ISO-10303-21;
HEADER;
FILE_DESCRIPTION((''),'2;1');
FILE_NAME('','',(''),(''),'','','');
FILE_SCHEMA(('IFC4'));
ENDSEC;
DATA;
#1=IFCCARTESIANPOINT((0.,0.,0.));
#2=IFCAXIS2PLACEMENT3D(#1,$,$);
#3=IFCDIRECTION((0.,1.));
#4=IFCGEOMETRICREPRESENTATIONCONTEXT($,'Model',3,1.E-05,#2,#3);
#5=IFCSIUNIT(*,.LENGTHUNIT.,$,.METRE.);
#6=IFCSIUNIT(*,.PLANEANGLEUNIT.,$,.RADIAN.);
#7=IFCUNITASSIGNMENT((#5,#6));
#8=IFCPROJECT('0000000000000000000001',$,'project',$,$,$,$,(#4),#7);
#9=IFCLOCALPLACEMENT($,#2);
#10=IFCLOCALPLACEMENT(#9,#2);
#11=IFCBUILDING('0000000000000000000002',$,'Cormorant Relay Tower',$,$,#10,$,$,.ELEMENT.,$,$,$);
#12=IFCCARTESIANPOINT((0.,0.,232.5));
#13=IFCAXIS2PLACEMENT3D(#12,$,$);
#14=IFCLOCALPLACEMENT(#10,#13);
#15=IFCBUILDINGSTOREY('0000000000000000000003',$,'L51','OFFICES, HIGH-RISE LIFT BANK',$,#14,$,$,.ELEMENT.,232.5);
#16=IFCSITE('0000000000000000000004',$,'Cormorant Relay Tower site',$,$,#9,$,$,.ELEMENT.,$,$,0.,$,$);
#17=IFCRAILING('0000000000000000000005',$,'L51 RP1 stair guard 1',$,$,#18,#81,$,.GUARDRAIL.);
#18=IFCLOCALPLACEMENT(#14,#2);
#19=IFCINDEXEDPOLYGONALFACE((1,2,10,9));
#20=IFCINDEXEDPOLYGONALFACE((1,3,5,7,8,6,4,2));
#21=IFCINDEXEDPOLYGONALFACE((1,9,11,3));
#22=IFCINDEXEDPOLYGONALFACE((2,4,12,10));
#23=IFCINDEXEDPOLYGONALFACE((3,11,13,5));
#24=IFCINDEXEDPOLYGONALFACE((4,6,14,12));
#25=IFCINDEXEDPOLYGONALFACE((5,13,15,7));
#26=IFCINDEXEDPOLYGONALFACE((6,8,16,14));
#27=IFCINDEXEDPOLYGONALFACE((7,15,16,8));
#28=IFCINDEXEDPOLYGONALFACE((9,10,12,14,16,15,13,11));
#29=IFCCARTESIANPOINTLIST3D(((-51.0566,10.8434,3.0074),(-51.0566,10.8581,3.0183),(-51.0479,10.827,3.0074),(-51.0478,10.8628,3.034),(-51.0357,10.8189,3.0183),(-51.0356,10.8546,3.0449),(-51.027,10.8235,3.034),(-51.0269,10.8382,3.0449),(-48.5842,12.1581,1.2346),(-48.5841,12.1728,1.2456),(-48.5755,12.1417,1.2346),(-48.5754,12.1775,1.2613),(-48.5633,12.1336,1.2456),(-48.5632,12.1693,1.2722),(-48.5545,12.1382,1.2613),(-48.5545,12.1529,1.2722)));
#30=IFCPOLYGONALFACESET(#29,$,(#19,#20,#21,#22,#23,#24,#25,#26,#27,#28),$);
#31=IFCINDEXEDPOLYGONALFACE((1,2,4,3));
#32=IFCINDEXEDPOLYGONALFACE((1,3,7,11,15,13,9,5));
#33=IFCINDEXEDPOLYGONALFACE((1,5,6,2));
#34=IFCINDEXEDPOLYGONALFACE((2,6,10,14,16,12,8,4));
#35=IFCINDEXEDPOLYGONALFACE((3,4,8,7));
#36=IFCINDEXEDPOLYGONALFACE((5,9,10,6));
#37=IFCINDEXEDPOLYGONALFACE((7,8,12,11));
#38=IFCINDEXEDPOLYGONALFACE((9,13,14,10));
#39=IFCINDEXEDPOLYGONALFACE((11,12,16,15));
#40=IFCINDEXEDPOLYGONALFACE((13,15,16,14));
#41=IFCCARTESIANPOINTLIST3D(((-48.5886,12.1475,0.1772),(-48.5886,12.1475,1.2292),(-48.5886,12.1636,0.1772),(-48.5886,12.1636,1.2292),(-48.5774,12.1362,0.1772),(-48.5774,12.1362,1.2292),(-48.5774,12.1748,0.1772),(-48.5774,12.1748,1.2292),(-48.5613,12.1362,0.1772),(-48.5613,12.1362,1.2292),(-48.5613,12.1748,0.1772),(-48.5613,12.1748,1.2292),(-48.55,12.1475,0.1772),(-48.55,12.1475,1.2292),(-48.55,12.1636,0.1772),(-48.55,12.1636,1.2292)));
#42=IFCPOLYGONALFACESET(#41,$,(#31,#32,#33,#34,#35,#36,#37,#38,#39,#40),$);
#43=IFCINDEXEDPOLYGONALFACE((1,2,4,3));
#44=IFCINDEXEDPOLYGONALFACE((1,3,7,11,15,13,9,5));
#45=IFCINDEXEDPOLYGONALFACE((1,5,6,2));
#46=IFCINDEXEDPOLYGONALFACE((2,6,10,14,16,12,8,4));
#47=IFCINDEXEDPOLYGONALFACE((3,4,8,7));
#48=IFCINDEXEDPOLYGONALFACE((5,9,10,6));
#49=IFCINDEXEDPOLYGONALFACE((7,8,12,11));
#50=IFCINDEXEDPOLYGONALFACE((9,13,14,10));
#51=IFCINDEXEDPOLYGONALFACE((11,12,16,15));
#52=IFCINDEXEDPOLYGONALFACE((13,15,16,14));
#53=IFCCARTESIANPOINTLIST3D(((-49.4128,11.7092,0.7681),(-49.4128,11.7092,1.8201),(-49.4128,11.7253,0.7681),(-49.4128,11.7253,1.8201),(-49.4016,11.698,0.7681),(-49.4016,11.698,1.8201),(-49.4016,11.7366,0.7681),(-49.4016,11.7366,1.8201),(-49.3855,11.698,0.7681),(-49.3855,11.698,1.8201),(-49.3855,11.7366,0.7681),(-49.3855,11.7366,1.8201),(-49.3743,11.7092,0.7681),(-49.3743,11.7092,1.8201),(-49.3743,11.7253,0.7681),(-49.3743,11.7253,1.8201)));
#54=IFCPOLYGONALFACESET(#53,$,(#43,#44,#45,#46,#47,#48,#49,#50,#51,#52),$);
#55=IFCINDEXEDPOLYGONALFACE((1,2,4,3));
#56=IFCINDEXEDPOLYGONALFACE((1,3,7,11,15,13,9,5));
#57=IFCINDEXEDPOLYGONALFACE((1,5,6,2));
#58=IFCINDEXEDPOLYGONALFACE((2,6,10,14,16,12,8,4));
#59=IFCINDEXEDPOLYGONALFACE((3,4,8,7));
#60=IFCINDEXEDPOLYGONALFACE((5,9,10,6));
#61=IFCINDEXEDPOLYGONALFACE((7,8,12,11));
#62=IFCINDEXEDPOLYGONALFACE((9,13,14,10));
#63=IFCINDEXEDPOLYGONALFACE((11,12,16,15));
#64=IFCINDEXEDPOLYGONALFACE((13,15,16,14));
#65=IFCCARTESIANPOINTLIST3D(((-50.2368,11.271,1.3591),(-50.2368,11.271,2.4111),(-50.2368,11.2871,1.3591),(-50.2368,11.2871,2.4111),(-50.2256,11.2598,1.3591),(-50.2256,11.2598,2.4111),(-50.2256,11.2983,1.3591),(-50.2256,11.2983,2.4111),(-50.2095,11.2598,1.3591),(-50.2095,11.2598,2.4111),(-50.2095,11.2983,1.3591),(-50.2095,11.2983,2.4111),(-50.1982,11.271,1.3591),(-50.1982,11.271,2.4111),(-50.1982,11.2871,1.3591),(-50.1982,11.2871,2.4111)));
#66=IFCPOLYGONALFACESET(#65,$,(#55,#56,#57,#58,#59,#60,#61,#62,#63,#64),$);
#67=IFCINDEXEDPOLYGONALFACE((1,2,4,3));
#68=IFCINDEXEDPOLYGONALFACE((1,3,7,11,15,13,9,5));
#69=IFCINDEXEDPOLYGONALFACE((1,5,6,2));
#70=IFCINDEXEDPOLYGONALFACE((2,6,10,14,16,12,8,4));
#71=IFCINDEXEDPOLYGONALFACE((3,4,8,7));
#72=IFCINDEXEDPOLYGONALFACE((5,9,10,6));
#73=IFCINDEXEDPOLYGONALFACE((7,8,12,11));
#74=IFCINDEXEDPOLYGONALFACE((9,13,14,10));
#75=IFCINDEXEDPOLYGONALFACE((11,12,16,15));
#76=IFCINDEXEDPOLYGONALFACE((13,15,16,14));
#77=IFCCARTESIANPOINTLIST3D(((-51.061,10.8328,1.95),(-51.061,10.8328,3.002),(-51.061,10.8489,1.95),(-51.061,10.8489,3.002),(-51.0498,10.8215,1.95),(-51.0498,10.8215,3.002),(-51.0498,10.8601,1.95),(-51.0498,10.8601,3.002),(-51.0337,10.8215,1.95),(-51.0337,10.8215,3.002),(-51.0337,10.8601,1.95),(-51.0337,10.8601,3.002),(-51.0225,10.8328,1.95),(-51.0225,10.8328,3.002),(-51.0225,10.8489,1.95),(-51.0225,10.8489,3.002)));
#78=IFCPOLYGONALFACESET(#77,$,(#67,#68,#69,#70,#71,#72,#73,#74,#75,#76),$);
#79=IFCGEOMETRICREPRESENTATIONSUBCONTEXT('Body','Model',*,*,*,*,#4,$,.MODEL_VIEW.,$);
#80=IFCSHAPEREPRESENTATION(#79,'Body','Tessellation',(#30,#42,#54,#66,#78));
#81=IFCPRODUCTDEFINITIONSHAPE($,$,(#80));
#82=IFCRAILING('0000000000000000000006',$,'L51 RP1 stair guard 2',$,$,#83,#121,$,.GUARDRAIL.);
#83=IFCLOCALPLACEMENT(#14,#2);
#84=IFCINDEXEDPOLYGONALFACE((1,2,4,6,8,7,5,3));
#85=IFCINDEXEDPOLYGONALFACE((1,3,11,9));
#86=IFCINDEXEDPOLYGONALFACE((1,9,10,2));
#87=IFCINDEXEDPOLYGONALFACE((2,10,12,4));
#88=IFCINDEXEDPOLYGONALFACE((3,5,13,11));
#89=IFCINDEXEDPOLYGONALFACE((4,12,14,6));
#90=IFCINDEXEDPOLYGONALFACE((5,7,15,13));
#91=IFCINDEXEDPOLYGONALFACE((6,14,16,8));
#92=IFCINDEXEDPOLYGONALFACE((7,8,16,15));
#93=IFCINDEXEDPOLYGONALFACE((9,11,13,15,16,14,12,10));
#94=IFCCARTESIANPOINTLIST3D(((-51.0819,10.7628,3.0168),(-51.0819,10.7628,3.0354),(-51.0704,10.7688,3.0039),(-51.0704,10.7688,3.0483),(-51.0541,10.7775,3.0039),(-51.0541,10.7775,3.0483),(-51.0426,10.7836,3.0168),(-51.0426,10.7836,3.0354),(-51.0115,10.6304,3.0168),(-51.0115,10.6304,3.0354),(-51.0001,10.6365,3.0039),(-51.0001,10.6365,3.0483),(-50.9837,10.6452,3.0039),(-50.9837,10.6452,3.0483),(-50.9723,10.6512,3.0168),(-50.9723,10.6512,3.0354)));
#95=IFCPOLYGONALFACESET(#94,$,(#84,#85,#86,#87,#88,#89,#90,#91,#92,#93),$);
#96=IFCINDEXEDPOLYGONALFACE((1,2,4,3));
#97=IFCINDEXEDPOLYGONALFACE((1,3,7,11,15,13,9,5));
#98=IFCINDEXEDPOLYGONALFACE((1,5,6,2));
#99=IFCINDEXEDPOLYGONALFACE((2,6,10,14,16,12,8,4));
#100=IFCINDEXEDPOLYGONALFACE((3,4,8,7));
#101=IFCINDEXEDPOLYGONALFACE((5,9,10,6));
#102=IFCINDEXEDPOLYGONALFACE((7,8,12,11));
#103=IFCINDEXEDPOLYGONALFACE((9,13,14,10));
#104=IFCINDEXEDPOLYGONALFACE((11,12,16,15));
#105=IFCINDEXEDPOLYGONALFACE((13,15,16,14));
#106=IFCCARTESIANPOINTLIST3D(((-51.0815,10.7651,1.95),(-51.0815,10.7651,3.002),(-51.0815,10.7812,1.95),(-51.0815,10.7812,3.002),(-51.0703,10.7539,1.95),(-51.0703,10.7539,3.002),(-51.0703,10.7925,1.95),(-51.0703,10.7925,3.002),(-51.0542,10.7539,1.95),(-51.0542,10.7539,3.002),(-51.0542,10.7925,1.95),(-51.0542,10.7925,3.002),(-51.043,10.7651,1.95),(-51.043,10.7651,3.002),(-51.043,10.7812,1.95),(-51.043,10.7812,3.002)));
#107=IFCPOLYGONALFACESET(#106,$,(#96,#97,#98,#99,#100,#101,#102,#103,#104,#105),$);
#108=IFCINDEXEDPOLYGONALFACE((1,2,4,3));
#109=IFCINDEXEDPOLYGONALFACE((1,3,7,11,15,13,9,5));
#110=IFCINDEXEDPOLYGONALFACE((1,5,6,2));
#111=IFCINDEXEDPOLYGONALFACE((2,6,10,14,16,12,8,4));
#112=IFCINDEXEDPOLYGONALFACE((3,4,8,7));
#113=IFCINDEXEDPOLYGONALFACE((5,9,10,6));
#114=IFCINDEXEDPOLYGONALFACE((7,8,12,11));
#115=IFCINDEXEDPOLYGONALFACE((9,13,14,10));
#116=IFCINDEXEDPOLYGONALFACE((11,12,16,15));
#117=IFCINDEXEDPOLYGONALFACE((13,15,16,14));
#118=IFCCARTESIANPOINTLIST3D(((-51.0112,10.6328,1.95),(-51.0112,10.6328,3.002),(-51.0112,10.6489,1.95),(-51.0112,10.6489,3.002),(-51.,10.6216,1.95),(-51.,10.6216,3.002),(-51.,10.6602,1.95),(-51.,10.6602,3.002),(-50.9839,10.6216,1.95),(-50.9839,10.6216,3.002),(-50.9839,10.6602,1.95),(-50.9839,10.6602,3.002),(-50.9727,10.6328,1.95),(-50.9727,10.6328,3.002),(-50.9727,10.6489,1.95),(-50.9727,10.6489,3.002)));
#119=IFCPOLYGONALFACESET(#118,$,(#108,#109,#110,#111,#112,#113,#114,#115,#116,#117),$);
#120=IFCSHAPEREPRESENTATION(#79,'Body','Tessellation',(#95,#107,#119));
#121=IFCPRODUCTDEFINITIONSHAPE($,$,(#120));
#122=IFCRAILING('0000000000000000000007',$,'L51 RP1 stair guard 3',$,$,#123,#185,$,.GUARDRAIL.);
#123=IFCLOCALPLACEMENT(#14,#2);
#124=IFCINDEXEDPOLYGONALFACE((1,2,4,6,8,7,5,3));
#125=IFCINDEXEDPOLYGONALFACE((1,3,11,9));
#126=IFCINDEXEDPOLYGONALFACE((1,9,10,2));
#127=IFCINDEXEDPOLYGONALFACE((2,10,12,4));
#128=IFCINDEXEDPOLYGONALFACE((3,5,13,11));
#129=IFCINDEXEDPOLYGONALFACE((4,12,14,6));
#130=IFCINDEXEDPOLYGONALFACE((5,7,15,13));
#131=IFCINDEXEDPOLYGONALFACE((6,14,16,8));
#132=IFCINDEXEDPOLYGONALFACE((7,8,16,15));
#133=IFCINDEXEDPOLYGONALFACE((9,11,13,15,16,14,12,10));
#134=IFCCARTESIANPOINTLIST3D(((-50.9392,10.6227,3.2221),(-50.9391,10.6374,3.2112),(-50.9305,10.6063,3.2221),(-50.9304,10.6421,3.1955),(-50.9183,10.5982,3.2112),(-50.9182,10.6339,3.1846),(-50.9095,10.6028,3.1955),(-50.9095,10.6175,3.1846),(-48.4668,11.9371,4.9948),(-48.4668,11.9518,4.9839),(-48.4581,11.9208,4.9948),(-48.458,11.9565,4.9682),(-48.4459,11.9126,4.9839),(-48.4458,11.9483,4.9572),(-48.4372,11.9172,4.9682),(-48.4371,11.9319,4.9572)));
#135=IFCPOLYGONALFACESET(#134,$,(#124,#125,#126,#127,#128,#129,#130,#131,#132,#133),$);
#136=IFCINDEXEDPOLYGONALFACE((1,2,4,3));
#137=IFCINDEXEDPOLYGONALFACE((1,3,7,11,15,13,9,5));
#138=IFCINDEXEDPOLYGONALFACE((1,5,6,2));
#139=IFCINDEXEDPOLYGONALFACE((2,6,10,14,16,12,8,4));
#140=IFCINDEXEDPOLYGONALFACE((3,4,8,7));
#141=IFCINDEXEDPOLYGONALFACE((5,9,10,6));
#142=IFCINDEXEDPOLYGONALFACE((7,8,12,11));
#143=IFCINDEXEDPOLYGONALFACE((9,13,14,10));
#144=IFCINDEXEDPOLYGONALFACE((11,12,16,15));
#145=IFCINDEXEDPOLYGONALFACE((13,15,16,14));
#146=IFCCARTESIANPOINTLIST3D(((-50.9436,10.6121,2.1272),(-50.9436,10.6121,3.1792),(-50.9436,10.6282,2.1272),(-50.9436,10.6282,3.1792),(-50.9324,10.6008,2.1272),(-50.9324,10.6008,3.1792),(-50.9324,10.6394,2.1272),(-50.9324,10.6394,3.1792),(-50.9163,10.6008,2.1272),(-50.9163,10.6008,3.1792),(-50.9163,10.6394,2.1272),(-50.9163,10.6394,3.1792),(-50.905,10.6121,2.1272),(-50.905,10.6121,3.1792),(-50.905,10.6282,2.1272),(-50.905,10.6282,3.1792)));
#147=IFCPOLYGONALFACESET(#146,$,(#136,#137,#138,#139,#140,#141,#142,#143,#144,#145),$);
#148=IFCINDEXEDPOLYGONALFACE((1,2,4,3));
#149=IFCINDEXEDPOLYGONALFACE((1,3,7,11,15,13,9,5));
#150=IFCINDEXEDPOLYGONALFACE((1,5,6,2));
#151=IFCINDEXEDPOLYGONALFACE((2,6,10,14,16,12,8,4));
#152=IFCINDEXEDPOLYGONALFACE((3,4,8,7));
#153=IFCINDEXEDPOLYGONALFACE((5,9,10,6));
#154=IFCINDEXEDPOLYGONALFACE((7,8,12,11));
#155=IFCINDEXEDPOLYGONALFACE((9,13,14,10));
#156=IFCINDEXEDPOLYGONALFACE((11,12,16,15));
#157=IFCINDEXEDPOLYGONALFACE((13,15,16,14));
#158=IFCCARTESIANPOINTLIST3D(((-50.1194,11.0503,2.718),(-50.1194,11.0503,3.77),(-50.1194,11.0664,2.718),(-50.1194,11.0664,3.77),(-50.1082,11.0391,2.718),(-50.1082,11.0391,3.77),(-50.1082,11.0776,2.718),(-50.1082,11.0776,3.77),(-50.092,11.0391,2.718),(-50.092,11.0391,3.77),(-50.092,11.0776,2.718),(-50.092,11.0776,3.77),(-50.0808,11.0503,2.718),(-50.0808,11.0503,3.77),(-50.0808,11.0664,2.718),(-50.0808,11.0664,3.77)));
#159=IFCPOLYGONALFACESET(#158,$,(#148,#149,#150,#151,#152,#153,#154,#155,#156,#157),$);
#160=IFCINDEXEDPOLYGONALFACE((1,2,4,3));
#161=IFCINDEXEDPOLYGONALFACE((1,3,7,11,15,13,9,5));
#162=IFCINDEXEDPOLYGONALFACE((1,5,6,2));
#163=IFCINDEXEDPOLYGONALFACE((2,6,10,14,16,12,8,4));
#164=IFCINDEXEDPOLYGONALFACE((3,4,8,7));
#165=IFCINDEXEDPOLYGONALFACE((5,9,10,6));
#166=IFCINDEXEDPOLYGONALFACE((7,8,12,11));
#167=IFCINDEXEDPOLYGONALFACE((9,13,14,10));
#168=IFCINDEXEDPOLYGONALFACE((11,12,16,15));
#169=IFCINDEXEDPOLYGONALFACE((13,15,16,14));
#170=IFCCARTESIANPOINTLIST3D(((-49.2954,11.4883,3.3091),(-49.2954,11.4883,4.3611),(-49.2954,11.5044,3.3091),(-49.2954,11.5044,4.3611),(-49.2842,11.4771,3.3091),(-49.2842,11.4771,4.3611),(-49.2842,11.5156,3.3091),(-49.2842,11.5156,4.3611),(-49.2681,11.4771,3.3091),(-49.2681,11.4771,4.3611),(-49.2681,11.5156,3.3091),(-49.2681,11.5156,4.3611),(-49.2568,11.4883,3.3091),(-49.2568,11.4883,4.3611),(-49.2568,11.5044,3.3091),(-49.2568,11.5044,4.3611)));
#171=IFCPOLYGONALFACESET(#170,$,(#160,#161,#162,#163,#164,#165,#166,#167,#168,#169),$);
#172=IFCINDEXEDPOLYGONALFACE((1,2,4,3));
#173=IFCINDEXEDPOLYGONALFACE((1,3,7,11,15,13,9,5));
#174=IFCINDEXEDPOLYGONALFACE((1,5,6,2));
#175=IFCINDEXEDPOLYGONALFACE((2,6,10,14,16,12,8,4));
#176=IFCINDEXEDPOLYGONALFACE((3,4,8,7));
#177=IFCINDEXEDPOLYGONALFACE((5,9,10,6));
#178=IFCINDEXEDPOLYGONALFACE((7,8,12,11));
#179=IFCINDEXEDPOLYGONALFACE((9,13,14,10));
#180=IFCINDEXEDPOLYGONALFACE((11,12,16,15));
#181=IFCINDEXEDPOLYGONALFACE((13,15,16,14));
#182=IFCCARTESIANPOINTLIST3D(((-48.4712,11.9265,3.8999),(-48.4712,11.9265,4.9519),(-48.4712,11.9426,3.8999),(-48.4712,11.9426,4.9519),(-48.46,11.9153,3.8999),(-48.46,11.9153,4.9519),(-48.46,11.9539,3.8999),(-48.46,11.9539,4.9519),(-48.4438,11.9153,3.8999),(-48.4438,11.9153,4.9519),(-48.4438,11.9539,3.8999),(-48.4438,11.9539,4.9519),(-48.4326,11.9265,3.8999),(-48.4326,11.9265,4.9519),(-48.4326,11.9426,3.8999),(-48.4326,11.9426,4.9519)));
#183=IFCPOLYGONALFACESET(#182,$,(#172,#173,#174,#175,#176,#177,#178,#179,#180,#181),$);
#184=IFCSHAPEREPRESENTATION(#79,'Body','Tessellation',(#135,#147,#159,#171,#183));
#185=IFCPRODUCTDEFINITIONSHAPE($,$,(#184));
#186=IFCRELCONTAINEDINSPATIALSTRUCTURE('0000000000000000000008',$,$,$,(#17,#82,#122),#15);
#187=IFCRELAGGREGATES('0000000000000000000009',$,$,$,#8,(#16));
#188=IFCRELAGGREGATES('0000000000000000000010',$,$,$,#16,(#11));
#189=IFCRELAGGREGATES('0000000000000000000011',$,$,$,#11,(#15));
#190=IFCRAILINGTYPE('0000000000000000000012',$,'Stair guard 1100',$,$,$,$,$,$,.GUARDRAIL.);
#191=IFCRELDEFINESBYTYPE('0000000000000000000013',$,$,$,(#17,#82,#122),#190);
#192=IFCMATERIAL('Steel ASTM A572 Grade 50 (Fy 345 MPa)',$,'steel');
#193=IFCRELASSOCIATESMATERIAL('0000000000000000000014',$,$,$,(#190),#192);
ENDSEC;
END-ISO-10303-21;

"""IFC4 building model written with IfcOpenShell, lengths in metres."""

from ifc_helpers import new_model, si_unit, direction, frame, origin, place, context, subcontext, project, spatial, polyline, outline, extrude, material, type_object, element, save


model = new_model("IFC4")

# Units and contexts
model_context = context("Model", 3, precision=1e-05, world=origin(), true_north=direction((0.0, 1.0)))
body_context = subcontext(model_context, "Body", "Model", "MODEL_VIEW")
ifc_project = project(units=[si_unit("LENGTHUNIT", "METRE"), si_unit("PLANEANGLEUNIT", "RADIAN")], contexts=[model_context])

# Site, building, storey
site_placement = place(None, origin())
site = spatial("IfcSite", under=ifc_project, at=site_placement, Name="Cormorant Relay Tower site", CompositionType="ELEMENT", RefElevation=0.0)
building_placement = place(site_placement, origin())
building = spatial("IfcBuilding", under=site, at=building_placement, Name="Cormorant Relay Tower", CompositionType="ELEMENT")
storey_placement = place(building_placement, frame((0.0, 0.0, 232.5)))
storey = spatial("IfcBuildingStorey", under=building, at=storey_placement, Name="L51", Description="OFFICES, HIGH-RISE LIFT BANK", CompositionType="ELEMENT", Elevation=232.5)

# Railings
ifc_material_1 = material(Name="Steel ASTM A572 Grade 50 (Fy 345 MPa)", Category="steel")
railing_type_1 = type_object("IfcRailingType", Name="Stair guard 1100", PredefinedType="GUARDRAIL", material=ifc_material_1)
railing_1_placement = place(storey_placement, frame((-48.5693, 12.1555, 0.1772)))
element("IfcRailing", 1, at=railing_1_placement, inside=storey, type_object=railing_type_1, Name="L51 RP1 stair guard 1", PredefinedType="GUARDRAIL", context=body_context, shape_type="SweptSolid", body=[
    extrude(outline(polyline([(0.0222, 0.0093), (0.0093, 0.0222), (-0.0093, 0.0222), (-0.0222, 0.0093), (-0.0222, -0.0093), (-0.0093, -0.0222), (0.0093, -0.0222), (0.0222, -0.0093), (0.0222, 0.0093)])), frame((0.0, 0.0, 1.0762), z_axis=(-0.746012, -0.39669, 0.534886), x_axis=(0.469497, -0.882934, 0.0)), (0.0, 0.0, 1.0), 3.3142),
    extrude(outline(polyline([(0.0193, 0.0081), (0.0081, 0.0193), (-0.0081, 0.0193), (-0.0193, 0.0081), (-0.0193, -0.0081), (-0.0081, -0.0193), (0.0081, -0.0193), (0.0193, -0.0081), (0.0193, 0.0081)])), origin(), (0.0, 0.0, 1.0), 1.052),
    extrude(outline(polyline([(0.0193, 0.0081), (0.0081, 0.0193), (-0.0081, 0.0193), (-0.0193, 0.0081), (-0.0193, -0.0081), (-0.0081, -0.0193), (0.0081, -0.0193), (0.0193, -0.0081), (0.0193, 0.0081)])), frame((-0.8242, -0.4382, 0.5908)), (0.0, 0.0, 1.0), 1.052),
    extrude(outline(polyline([(0.0193, 0.0081), (0.0081, 0.0193), (-0.0081, 0.0193), (-0.0193, 0.0081), (-0.0193, -0.0081), (-0.0081, -0.0193), (0.0081, -0.0193), (0.0193, -0.0081), (0.0193, 0.0081)])), frame((-1.6482, -0.8765, 1.1819)), (0.0, 0.0, 1.0), 1.052),
    extrude(outline(polyline([(0.0193, 0.0081), (0.0081, 0.0193), (-0.0081, 0.0193), (-0.0193, 0.0081), (-0.0193, -0.0081), (-0.0081, -0.0193), (0.0081, -0.0193), (0.0193, -0.0081), (0.0193, 0.0081)])), frame((-2.4724, -1.3147, 1.7727)), (0.0, 0.0, 1.0), 1.052),
])
railing_2_placement = place(storey_placement, frame((-51.0623, 10.7732, 1.95)))
element("IfcRailing", 2, at=railing_2_placement, inside=storey, type_object=railing_type_1, Name="L51 RP1 stair guard 2", PredefinedType="GUARDRAIL", context=body_context, shape_type="SweptSolid", body=[
    extrude(outline(polyline([(0.0222, 0.0093), (0.0093, 0.0222), (-0.0093, 0.0222), (-0.0222, 0.0093), (-0.0222, -0.0093), (-0.0093, -0.0222), (0.0093, -0.0222), (0.0222, -0.0093), (0.0222, 0.0093)])), frame((0.0, 0.0, 1.0762), z_axis=(0.469235, -0.883074, 0.0), x_axis=(0.883074, 0.469235, 0.0)), (0.0, 0.0, 1.0), 0.1499),
    extrude(outline(polyline([(0.0193, 0.0081), (0.0081, 0.0193), (-0.0081, 0.0193), (-0.0193, 0.0081), (-0.0193, -0.0081), (-0.0081, -0.0193), (0.0081, -0.0193), (0.0193, -0.0081), (0.0193, 0.0081)])), origin(), (0.0, 0.0, 1.0), 1.052),
    extrude(outline(polyline([(0.0193, 0.0081), (0.0081, 0.0193), (-0.0081, 0.0193), (-0.0193, 0.0081), (-0.0193, -0.0081), (-0.0081, -0.0193), (0.0081, -0.0193), (0.0193, -0.0081), (0.0193, 0.0081)])), frame((0.0703, -0.1323, 0.0)), (0.0, 0.0, 1.0), 1.052),
])
railing_3_placement = place(storey_placement, frame((-50.9243, 10.6201, 2.1272)))
element("IfcRailing", 3, at=railing_3_placement, inside=storey, type_object=railing_type_1, Name="L51 RP1 stair guard 3", PredefinedType="GUARDRAIL", context=body_context, shape_type="SweptSolid", body=[
    extrude(outline(polyline([(0.0222, 0.0093), (0.0093, 0.0222), (-0.0093, 0.0222), (-0.0222, 0.0093), (-0.0222, -0.0093), (-0.0093, -0.0222), (0.0093, -0.0222), (0.0222, -0.0093), (0.0222, 0.0093)])), frame((0.0, 0.0, 1.0762), z_axis=(0.746034, 0.396627, 0.534902), x_axis=(-0.469429, 0.88297, 0.0)), (0.0, 0.0, 1.0), 3.314),
    extrude(outline(polyline([(0.0193, 0.0081), (0.0081, 0.0193), (-0.0081, 0.0193), (-0.0193, 0.0081), (-0.0193, -0.0081), (-0.0081, -0.0193), (0.0081, -0.0193), (0.0193, -0.0081), (0.0193, 0.0081)])), origin(), (0.0, 0.0, 1.0), 1.052),
    extrude(outline(polyline([(0.0193, 0.0081), (0.0081, 0.0193), (-0.0081, 0.0193), (-0.0193, 0.0081), (-0.0193, -0.0081), (-0.0081, -0.0193), (0.0081, -0.0193), (0.0193, -0.0081), (0.0193, 0.0081)])), frame((0.8242, 0.4382, 0.5908)), (0.0, 0.0, 1.0), 1.052),
    extrude(outline(polyline([(0.0193, 0.0081), (0.0081, 0.0193), (-0.0081, 0.0193), (-0.0193, 0.0081), (-0.0193, -0.0081), (-0.0081, -0.0193), (0.0081, -0.0193), (0.0193, -0.0081), (0.0193, 0.0081)])), frame((1.6482, 0.8762, 1.1819)), (0.0, 0.0, 1.0), 1.052),
    extrude(outline(polyline([(0.0193, 0.0081), (0.0081, 0.0193), (-0.0081, 0.0193), (-0.0193, 0.0081), (-0.0193, -0.0081), (-0.0081, -0.0193), (0.0081, -0.0193), (0.0193, -0.0081), (0.0193, 0.0081)])), frame((2.4724, 1.3145, 1.7727)), (0.0, 0.0, 1.0), 1.052),
])

save(model, "model.ifc")
